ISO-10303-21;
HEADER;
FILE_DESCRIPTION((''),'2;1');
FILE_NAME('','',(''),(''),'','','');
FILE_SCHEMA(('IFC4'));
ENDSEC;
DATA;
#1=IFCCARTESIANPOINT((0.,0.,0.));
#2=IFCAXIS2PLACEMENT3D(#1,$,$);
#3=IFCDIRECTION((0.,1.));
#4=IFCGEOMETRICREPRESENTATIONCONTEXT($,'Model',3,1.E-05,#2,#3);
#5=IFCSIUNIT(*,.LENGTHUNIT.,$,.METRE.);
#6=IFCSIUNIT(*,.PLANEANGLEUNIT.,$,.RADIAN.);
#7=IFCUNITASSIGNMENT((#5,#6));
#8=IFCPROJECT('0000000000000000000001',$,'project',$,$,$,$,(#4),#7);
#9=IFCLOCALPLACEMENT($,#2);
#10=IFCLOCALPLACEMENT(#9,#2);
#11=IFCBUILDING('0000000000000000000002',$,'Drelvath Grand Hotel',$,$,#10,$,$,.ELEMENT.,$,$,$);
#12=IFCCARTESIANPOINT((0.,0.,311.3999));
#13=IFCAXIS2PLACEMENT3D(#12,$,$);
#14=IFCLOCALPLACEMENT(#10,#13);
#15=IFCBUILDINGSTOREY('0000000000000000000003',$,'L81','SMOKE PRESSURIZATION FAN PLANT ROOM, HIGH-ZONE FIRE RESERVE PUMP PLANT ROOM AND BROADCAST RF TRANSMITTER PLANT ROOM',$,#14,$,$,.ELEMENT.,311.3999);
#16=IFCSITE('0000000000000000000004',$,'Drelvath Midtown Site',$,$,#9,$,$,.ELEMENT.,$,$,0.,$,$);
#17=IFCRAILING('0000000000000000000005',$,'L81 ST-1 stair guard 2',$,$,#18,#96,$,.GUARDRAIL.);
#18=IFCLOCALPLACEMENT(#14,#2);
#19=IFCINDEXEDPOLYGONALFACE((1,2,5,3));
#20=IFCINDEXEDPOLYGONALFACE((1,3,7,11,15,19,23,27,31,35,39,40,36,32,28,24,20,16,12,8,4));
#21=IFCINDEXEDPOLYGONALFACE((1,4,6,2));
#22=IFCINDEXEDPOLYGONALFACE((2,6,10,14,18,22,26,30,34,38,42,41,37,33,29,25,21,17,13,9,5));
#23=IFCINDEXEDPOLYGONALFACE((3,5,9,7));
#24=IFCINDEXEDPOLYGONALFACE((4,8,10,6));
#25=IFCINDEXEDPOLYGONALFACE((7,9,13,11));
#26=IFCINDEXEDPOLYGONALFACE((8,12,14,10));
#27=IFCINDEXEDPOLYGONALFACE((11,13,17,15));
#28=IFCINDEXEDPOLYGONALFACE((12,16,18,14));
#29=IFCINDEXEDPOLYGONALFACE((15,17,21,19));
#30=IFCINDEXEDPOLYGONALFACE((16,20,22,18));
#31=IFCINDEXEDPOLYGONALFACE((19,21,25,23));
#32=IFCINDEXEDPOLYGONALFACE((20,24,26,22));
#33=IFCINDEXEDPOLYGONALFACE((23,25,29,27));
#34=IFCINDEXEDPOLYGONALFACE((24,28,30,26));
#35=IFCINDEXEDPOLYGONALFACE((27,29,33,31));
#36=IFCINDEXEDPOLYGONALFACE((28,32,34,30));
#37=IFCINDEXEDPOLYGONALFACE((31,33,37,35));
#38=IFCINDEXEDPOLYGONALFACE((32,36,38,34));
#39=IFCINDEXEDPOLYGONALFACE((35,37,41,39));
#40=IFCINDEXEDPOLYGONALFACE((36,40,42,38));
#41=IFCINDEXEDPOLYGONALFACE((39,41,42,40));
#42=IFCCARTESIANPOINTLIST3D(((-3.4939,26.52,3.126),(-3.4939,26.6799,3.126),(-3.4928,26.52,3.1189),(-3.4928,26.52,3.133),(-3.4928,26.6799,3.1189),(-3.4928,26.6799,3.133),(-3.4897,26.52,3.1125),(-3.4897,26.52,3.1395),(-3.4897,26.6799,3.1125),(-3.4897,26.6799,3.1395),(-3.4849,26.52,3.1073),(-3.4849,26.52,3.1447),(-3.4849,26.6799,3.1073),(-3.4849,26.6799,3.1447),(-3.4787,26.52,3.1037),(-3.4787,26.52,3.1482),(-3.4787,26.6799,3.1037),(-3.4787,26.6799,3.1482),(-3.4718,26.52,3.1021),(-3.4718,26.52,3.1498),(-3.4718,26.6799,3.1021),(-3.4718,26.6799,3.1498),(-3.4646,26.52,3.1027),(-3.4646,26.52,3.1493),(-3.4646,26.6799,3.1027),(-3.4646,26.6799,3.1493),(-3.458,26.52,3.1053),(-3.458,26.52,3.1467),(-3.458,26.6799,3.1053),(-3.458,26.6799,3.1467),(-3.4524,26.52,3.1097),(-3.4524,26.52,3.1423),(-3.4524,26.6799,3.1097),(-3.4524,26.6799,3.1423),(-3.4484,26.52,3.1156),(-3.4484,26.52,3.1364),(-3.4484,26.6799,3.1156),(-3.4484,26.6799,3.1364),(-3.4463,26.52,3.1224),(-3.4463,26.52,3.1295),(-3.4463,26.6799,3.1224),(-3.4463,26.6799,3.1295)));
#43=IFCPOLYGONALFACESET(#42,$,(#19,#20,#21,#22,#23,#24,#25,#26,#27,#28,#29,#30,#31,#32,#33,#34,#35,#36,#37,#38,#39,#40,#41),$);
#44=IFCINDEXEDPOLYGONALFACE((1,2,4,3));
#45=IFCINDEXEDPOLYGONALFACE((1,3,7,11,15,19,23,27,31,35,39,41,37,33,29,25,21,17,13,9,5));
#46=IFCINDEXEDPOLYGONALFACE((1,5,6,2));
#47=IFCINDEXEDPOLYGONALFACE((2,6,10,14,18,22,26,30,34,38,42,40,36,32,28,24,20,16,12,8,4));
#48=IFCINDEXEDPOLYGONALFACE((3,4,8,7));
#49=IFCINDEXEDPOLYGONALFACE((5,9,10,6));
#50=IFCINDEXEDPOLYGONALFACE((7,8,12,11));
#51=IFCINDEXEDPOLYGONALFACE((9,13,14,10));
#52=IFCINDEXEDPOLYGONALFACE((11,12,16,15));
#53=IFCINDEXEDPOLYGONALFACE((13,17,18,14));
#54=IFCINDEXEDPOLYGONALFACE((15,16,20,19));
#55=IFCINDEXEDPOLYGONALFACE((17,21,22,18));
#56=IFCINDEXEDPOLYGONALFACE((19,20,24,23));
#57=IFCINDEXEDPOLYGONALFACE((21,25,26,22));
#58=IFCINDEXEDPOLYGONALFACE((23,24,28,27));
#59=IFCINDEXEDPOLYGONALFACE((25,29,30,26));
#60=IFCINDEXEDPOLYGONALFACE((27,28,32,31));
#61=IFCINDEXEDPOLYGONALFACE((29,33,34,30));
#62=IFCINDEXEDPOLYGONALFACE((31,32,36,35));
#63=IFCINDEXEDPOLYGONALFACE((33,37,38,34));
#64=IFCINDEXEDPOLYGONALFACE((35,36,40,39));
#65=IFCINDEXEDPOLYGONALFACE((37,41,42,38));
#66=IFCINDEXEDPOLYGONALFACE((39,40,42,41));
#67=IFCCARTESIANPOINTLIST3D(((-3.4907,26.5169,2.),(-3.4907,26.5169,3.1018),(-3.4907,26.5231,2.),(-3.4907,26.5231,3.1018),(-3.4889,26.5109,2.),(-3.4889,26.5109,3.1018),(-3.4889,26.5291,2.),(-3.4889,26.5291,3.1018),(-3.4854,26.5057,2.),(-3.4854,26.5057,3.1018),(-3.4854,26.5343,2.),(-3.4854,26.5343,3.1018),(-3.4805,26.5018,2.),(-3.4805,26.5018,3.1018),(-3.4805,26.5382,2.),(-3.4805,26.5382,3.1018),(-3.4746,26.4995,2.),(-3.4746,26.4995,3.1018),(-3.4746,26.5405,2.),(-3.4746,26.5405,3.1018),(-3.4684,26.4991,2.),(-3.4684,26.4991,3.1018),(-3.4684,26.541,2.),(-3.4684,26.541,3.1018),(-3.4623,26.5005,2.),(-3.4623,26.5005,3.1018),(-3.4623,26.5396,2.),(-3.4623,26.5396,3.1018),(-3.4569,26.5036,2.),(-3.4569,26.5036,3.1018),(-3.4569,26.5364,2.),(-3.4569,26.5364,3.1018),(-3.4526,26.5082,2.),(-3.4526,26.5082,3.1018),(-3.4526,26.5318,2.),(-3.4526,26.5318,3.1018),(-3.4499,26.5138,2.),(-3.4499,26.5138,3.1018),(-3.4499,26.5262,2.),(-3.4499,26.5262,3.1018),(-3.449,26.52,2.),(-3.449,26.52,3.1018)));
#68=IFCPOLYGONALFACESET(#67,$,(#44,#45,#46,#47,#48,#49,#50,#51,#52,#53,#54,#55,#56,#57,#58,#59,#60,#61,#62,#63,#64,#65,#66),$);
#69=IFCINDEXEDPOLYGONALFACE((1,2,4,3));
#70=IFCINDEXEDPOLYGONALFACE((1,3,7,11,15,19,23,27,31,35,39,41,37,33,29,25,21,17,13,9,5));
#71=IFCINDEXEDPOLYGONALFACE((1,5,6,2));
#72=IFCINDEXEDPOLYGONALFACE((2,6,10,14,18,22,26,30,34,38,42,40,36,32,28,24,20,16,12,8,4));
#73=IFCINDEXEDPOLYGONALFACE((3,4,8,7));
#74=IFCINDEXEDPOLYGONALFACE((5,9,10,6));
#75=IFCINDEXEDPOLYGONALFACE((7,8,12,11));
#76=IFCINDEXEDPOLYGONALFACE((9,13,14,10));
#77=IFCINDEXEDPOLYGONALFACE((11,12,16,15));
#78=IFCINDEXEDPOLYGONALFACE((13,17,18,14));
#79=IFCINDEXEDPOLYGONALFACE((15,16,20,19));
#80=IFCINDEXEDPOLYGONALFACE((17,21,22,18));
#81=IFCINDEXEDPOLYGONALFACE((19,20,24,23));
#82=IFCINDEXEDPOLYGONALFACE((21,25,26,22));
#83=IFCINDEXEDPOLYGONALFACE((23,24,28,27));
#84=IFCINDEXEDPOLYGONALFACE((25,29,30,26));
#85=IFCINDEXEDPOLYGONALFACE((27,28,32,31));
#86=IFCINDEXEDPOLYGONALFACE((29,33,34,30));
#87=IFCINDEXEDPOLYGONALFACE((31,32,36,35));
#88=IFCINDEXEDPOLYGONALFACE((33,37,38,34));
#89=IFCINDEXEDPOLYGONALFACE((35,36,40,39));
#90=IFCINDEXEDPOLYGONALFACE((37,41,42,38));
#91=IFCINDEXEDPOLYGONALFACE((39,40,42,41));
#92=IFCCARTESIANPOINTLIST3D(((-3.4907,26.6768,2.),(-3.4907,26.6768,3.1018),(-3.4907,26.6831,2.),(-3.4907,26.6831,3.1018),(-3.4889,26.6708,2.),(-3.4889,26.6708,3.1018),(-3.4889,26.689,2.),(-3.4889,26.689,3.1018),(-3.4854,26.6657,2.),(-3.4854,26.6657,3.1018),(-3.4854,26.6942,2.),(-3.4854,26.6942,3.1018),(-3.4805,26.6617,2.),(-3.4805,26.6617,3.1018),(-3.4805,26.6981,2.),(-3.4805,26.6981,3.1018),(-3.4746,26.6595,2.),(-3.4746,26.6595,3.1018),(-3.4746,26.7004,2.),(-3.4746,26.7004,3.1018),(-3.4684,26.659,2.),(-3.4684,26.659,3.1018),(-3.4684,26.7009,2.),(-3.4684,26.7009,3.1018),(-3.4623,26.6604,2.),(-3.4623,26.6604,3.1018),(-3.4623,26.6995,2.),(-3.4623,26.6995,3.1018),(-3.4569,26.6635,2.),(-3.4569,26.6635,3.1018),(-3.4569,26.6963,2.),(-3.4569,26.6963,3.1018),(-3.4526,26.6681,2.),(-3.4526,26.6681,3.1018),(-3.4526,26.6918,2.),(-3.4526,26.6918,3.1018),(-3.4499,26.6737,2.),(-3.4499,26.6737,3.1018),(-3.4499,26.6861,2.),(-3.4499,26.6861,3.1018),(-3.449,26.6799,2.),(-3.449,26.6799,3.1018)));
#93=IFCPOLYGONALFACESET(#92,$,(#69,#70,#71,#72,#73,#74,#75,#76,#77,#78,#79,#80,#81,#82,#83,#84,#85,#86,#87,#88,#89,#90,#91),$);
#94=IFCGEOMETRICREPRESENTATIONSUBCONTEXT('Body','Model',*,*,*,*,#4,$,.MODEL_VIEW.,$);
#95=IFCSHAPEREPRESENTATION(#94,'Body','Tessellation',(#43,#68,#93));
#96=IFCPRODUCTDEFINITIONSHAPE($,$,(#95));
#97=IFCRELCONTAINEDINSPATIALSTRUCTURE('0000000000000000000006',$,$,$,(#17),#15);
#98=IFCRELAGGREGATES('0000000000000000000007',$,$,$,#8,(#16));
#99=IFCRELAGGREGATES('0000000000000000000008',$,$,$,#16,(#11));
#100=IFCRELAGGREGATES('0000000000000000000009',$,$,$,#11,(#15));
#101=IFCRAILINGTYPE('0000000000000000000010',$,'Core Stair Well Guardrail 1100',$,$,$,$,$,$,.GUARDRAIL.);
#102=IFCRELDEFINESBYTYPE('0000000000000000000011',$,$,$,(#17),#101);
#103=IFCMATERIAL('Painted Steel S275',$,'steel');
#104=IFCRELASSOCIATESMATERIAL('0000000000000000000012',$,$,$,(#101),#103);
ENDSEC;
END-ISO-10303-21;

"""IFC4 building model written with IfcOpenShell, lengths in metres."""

from ifc_helpers import new_model, si_unit, direction, frame, origin, origin_2d, place, context, subcontext, project, spatial, circle, extrude, material, type_object, element, save


model = new_model("IFC4")

# Units and contexts
model_context = context("Model", 3, precision=1e-05, world=origin(), true_north=direction((0.0, 1.0)))
body_context = subcontext(model_context, "Body", "Model", "MODEL_VIEW")
ifc_project = project(units=[si_unit("LENGTHUNIT", "METRE"), si_unit("PLANEANGLEUNIT", "RADIAN")], contexts=[model_context])

# Site, building, storey
site_placement = place(None, origin())
site = spatial("IfcSite", under=ifc_project, at=site_placement, Name="Drelvath Midtown Site", CompositionType="ELEMENT", RefElevation=0.0)
building_placement = place(site_placement, origin())
building = spatial("IfcBuilding", under=site, at=building_placement, Name="Drelvath Grand Hotel", CompositionType="ELEMENT")
storey_placement = place(building_placement, frame((0.0, 0.0, 311.3999)))
storey = spatial("IfcBuildingStorey", under=building, at=storey_placement, Name="L81", Description="SMOKE PRESSURIZATION FAN PLANT ROOM, HIGH-ZONE FIRE RESERVE PUMP PLANT ROOM AND BROADCAST RF TRANSMITTER PLANT ROOM", CompositionType="ELEMENT", Elevation=311.3999)

# Shared definitions
ifc_material_1 = material(Name="Painted Steel S275", Category="steel")

# Railing
railing_type_1 = type_object("IfcRailingType", Name="Core Stair Well Guardrail 1100", PredefinedType="GUARDRAIL", material=ifc_material_1)
railing_1_placement = place(storey_placement, frame((-3.47, 26.52, 2.0)))
element("IfcRailing", 1, at=railing_1_placement, inside=storey, type_object=railing_type_1, Name="L81 ST-1 stair guard 2", PredefinedType="GUARDRAIL", context=body_context, shape_type="SweptSolid", body=[
    extrude(circle(Radius=0.0239, at=origin_2d()), frame((0.0, 0.0, 1.126), z_axis=(0.0, 1.0, 0.0), x_axis=(-1.0, 0.0, 0.0)), (0.0, 0.0, 1.0), 0.1599),
    extrude(circle(Radius=0.021, at=origin_2d()), origin(), (0.0, 0.0, 1.0), 1.1018),
    extrude(circle(Radius=0.021, at=origin_2d()), frame((0.0, 0.1599, 0.0)), (0.0, 0.0, 1.0), 1.1018),
])

save(model, "model.ifc")
